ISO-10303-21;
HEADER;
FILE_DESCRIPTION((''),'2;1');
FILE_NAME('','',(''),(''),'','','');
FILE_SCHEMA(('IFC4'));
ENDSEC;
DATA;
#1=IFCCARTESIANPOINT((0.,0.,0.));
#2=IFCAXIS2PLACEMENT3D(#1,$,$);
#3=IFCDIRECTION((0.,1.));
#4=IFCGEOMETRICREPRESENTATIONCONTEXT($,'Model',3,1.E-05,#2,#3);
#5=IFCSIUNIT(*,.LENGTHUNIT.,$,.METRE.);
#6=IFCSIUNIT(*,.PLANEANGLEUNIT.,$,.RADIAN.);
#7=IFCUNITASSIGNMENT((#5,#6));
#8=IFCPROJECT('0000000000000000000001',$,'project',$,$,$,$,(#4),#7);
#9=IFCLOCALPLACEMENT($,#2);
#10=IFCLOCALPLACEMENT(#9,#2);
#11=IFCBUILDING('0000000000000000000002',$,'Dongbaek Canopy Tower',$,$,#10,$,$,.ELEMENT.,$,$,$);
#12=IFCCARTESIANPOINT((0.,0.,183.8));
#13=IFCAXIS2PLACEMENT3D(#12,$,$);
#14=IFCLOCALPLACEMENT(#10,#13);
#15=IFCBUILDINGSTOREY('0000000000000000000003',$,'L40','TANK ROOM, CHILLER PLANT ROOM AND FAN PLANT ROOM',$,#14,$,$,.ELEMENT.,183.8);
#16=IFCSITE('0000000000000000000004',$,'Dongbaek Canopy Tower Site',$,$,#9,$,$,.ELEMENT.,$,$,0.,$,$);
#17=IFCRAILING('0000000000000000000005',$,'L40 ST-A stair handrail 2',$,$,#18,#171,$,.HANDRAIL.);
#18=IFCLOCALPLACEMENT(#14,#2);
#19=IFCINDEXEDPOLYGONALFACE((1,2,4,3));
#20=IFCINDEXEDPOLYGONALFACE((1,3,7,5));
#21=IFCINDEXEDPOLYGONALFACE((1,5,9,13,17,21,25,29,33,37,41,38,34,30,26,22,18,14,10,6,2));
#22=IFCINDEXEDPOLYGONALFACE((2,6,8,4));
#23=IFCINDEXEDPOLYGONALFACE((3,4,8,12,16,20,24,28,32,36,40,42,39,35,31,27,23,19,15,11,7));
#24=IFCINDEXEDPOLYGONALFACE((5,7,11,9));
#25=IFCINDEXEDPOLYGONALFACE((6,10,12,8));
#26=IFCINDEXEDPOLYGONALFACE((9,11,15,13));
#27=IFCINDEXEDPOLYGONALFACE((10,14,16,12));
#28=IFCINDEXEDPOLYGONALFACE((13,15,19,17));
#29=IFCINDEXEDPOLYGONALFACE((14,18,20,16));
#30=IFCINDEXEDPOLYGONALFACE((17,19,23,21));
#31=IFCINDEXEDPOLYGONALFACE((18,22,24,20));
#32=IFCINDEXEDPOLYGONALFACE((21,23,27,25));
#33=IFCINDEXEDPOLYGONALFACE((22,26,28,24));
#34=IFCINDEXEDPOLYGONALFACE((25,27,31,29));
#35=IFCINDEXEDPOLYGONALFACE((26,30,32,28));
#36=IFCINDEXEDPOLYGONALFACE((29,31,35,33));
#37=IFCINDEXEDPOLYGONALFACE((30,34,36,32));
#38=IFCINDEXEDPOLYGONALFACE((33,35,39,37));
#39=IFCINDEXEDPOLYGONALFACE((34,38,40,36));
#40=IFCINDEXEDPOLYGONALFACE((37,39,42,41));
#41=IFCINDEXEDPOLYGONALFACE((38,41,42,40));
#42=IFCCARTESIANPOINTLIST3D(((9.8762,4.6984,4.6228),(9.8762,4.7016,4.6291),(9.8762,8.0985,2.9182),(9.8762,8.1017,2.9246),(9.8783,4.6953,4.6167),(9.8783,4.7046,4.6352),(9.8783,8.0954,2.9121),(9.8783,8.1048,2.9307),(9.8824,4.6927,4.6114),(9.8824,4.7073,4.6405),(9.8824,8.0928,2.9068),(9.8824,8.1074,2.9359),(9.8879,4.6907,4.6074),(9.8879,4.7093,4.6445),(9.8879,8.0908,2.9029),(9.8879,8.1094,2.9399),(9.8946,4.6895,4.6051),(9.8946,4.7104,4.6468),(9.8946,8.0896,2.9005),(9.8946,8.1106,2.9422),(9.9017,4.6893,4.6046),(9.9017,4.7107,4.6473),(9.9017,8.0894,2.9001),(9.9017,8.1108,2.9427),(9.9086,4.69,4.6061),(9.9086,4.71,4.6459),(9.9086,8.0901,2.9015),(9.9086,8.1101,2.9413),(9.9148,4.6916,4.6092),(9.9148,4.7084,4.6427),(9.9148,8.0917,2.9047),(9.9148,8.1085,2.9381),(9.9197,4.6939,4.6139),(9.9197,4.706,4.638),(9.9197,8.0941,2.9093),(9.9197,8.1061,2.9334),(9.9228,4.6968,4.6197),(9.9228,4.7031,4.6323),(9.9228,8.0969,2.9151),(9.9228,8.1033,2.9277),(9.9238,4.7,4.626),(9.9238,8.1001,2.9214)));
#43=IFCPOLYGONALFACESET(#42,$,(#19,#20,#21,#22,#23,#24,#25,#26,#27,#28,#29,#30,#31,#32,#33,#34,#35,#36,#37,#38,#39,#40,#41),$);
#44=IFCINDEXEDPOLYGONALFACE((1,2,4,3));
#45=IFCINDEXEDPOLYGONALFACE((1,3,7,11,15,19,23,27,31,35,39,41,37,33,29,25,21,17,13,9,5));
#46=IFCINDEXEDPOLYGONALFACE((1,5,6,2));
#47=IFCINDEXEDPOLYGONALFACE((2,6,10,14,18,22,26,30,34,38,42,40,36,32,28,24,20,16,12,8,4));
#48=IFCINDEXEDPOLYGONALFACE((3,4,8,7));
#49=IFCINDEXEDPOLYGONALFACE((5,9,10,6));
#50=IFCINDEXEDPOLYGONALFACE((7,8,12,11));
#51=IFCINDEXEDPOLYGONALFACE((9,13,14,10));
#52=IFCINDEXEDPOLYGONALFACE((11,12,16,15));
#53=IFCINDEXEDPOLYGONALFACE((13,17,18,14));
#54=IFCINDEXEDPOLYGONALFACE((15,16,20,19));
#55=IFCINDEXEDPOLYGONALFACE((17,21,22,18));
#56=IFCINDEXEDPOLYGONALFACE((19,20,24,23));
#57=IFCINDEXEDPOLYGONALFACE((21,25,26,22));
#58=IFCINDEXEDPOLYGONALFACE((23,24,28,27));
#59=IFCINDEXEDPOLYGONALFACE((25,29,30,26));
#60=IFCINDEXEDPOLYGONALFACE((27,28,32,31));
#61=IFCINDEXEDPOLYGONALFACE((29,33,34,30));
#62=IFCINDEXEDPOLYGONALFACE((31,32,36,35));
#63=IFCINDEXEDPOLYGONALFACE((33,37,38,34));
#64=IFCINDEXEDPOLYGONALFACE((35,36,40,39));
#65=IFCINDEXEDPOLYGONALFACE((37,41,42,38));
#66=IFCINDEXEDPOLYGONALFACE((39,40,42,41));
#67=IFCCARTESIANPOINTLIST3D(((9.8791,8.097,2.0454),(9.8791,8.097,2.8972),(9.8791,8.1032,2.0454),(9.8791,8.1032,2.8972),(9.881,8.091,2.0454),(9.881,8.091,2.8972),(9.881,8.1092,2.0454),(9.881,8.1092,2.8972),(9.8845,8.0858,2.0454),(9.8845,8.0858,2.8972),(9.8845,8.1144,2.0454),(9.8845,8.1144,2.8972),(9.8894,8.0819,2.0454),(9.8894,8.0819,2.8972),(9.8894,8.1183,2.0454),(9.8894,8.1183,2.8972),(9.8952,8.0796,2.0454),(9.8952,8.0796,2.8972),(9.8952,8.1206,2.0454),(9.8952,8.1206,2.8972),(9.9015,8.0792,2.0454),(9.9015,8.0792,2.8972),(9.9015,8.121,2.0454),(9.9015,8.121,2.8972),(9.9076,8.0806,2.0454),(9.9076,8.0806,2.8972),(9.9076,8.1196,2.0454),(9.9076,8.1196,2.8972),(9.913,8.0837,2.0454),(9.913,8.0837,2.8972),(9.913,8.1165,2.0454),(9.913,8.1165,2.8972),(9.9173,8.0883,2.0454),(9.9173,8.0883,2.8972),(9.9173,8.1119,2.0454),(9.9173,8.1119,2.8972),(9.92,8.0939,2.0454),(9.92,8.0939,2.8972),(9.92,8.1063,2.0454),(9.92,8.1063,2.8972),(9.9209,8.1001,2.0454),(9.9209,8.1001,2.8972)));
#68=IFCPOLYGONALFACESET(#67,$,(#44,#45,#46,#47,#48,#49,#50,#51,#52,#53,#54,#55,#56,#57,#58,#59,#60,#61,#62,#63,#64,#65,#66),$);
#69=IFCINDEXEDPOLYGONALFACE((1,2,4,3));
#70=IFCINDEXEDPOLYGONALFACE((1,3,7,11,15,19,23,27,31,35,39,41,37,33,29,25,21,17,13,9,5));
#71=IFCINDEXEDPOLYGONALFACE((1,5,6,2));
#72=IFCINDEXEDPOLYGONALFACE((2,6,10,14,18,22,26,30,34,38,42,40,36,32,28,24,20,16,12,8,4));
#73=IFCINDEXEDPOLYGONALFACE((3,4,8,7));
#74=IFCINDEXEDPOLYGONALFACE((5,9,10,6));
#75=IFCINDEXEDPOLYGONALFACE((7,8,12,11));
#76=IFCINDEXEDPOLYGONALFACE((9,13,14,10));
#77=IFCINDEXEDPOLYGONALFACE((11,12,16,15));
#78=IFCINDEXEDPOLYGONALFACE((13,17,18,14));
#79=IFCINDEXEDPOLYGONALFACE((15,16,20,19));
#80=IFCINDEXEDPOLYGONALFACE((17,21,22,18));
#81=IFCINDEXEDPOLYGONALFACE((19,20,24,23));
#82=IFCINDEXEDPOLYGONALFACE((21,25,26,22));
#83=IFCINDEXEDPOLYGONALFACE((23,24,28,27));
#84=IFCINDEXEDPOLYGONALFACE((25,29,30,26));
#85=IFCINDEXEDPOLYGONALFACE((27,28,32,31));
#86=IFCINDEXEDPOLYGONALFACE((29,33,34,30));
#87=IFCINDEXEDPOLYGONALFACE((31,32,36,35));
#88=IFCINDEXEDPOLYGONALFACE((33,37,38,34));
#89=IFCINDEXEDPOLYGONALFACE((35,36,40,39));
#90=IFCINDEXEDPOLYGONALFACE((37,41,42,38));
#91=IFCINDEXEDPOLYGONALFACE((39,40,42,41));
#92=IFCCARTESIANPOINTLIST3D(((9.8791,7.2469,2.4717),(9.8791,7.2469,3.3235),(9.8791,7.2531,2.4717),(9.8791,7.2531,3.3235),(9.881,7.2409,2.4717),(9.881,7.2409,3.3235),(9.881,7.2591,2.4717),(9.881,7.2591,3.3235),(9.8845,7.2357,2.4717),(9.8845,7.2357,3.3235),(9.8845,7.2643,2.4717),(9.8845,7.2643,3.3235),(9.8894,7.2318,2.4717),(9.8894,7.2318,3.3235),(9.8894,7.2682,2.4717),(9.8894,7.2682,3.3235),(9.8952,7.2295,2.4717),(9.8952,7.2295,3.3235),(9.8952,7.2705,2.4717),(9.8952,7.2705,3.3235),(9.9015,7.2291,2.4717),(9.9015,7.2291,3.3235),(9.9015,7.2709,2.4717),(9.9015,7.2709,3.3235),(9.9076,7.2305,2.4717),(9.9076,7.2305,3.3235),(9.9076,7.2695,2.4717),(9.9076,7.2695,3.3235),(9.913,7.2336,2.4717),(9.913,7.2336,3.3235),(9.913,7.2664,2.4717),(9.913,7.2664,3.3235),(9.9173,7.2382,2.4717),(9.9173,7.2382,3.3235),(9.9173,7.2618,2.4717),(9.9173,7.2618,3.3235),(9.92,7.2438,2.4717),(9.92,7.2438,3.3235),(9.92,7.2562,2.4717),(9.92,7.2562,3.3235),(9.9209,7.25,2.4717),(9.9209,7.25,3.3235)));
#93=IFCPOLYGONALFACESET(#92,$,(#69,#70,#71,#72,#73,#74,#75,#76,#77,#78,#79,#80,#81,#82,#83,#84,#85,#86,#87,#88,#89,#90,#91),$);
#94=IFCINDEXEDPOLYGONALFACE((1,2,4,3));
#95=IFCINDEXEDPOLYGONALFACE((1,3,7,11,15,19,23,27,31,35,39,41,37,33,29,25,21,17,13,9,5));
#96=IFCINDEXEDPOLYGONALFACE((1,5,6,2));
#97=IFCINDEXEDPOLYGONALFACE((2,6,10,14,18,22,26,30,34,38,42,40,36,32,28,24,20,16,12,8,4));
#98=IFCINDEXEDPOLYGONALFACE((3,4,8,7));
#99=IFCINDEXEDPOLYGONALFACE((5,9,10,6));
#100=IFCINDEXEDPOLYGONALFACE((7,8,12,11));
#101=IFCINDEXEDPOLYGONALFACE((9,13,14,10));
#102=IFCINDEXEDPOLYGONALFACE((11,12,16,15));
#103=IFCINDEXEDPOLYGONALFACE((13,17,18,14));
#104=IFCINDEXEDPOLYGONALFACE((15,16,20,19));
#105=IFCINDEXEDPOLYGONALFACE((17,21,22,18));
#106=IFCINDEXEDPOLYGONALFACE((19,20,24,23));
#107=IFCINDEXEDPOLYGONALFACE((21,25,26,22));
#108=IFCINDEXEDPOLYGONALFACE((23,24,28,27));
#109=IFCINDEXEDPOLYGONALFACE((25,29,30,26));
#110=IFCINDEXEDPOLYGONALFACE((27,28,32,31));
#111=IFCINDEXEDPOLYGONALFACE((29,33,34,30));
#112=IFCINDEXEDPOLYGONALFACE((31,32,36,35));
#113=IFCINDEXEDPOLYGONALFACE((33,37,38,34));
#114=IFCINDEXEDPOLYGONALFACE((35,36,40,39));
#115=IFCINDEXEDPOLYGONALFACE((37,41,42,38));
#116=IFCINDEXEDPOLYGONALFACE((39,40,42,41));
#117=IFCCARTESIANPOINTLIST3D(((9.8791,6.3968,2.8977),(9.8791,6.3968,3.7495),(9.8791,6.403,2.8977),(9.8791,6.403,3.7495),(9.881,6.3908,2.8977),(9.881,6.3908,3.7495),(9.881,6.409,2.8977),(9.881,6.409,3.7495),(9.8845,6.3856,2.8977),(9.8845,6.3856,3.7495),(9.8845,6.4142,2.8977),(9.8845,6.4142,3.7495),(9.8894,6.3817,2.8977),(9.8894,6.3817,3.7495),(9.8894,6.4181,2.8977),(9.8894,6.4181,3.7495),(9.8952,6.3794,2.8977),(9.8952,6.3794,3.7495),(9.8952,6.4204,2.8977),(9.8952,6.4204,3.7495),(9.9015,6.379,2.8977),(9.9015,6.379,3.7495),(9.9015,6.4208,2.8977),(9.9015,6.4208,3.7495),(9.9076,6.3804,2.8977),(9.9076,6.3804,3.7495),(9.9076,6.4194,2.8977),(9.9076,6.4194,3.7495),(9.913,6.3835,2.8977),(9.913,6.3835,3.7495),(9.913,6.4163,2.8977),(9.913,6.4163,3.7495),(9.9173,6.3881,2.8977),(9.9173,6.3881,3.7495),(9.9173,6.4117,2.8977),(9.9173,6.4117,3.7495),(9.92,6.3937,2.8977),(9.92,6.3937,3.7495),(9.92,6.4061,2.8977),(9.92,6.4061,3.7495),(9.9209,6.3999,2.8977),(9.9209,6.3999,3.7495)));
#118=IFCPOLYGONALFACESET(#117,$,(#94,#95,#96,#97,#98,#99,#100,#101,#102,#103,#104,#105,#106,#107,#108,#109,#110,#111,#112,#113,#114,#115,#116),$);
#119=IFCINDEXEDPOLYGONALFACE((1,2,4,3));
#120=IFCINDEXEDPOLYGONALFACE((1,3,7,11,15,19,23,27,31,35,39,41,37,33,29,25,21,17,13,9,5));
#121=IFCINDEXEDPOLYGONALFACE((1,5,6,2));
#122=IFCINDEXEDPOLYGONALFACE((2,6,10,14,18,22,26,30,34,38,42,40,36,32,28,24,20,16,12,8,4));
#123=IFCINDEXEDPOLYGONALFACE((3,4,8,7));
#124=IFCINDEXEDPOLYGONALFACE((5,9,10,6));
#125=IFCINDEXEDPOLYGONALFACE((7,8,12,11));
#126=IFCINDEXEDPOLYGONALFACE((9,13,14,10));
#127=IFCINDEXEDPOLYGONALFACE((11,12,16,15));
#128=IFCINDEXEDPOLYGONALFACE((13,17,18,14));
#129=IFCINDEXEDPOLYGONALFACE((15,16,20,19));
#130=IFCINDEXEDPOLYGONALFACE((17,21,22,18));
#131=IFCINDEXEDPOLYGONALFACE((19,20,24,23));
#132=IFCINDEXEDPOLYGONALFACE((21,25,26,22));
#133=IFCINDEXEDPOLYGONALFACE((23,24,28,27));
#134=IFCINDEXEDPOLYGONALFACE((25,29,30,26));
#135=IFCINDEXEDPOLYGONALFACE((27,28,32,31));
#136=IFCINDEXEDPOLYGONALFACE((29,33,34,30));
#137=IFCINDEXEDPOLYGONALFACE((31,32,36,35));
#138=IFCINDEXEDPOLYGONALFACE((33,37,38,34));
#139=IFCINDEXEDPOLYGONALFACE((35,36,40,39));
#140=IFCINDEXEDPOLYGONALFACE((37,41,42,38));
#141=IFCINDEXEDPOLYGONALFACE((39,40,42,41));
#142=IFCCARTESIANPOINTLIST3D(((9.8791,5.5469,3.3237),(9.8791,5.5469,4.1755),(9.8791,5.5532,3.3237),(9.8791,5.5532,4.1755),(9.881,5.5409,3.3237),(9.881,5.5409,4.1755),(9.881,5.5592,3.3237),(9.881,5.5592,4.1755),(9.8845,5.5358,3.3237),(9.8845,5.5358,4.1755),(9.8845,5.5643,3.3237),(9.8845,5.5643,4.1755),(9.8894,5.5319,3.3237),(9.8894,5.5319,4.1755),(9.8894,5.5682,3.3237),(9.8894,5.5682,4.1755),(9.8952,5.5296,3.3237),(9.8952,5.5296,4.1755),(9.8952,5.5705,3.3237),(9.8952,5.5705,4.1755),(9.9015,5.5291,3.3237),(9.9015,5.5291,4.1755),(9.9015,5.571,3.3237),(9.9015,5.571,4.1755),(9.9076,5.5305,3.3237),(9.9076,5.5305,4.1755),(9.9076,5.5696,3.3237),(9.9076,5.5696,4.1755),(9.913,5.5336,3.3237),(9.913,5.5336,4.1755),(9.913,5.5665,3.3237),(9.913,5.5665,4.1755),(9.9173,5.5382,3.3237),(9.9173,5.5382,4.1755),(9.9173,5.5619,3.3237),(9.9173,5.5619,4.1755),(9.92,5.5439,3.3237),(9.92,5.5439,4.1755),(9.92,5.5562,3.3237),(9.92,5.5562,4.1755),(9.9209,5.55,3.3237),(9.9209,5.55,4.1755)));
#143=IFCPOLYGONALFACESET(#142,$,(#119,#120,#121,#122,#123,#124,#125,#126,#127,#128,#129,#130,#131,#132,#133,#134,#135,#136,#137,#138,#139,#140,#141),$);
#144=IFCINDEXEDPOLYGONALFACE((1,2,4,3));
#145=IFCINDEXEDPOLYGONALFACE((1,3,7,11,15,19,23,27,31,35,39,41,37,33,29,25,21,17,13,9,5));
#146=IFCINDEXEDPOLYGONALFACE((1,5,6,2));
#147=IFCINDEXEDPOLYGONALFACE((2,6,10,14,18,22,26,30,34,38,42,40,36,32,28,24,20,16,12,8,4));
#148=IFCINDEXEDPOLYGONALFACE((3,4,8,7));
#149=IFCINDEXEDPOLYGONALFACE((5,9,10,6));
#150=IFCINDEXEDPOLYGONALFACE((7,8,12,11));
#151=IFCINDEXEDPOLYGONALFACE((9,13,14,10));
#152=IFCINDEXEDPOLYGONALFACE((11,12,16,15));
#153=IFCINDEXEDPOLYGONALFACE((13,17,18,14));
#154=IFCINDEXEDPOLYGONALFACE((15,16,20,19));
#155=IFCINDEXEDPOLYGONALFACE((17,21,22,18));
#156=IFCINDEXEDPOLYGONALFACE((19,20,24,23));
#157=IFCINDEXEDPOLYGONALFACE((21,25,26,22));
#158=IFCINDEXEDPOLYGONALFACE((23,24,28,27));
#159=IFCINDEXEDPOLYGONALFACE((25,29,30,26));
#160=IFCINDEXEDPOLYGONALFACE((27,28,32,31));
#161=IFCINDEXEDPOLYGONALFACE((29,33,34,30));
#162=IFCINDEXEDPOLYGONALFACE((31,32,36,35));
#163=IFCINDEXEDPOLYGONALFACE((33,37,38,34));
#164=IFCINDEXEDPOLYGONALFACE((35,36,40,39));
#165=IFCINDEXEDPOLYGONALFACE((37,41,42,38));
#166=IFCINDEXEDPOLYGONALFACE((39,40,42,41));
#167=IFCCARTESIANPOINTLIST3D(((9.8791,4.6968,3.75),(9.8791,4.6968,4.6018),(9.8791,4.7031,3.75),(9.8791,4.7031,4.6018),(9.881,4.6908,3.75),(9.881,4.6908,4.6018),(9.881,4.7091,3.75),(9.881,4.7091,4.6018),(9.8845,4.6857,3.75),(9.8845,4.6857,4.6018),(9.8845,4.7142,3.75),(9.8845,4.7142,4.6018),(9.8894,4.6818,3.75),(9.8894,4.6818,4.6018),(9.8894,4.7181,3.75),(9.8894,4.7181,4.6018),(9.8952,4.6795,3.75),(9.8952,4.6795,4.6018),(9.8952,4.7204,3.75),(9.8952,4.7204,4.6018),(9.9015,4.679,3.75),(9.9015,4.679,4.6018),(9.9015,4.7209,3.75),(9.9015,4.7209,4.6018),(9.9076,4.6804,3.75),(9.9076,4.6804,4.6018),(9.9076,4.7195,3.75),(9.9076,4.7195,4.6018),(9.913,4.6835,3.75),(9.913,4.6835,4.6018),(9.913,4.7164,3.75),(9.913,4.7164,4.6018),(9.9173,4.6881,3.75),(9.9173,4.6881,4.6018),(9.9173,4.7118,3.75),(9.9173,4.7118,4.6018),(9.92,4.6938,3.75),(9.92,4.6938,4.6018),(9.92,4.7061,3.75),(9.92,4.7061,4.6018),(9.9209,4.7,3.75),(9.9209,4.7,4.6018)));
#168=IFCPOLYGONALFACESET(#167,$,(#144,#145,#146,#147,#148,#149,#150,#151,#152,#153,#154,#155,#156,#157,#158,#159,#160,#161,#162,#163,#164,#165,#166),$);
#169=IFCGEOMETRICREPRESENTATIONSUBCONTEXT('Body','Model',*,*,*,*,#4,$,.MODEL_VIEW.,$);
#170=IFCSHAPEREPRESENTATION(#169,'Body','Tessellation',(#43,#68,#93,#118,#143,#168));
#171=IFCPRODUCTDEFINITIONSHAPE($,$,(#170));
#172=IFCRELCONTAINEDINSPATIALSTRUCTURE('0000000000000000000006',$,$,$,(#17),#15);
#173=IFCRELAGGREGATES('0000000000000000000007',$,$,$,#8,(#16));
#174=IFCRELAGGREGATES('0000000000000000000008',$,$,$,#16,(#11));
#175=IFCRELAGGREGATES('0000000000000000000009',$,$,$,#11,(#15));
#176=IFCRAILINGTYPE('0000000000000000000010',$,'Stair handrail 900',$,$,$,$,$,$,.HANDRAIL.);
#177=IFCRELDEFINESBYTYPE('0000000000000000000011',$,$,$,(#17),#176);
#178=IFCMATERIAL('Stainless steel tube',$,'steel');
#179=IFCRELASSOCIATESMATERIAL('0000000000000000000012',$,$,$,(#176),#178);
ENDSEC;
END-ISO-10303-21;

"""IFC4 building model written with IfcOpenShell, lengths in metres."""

from ifc_helpers import new_model, si_unit, direction, frame, origin, origin_2d, place, context, subcontext, project, spatial, circle, extrude, material, type_object, element, save


model = new_model("IFC4")

# Units and contexts
model_context = context("Model", 3, precision=1e-05, world=origin(), true_north=direction((0.0, 1.0)))
body_context = subcontext(model_context, "Body", "Model", "MODEL_VIEW")
ifc_project = project(units=[si_unit("LENGTHUNIT", "METRE"), si_unit("PLANEANGLEUNIT", "RADIAN")], contexts=[model_context])

# Site, building, storey
site_placement = place(None, origin())
site = spatial("IfcSite", under=ifc_project, at=site_placement, Name="Dongbaek Canopy Tower Site", CompositionType="ELEMENT", RefElevation=0.0)
building_placement = place(site_placement, origin())
building = spatial("IfcBuilding", under=site, at=building_placement, Name="Dongbaek Canopy Tower", CompositionType="ELEMENT")
storey_placement = place(building_placement, frame((0.0, 0.0, 183.8)))
storey = spatial("IfcBuildingStorey", under=building, at=storey_placement, Name="L40", Description="TANK ROOM, CHILLER PLANT ROOM AND FAN PLANT ROOM", CompositionType="ELEMENT", Elevation=183.8)

# Railing
ifc_material_1 = material(Name="Stainless steel tube", Category="steel")
railing_type_1 = type_object("IfcRailingType", Name="Stair handrail 900", PredefinedType="HANDRAIL", material=ifc_material_1)
for number, where, name in (
    (1, (9.8999, 8.1001, 2.0454), "L40 ST-A stair handrail 2"),
):
    element("IfcRailing", number, at=place(storey_placement, frame(where)), inside=storey, type_object=railing_type_1, Name=name, PredefinedType="HANDRAIL", context=body_context, shape_type="SweptSolid", body=[
        extrude(circle(Radius=0.0239, at=origin_2d()), frame((0.0, 0.0, 0.876), z_axis=(0.0, -0.893952, 0.448163), x_axis=(1.0, 0.0, 0.0)), (0.0, 0.0, 1.0), 3.8035),
        extrude(circle(Radius=0.021, at=origin_2d()), origin(), (0.0, 0.0, 1.0), 0.8518),
        extrude(circle(Radius=0.021, at=origin_2d()), frame((0.0, -0.8501, 0.4263)), (0.0, 0.0, 1.0), 0.8518),
        extrude(circle(Radius=0.021, at=origin_2d()), frame((0.0, -1.7002, 0.8523)), (0.0, 0.0, 1.0), 0.8518),
        extrude(circle(Radius=0.021, at=origin_2d()), frame((0.0, -2.55, 1.2783)), (0.0, 0.0, 1.0), 0.8518),
        extrude(circle(Radius=0.021, at=origin_2d()), frame((0.0, -3.4001, 1.7046)), (0.0, 0.0, 1.0), 0.8518),
    ])

save(model, "model.ifc")
